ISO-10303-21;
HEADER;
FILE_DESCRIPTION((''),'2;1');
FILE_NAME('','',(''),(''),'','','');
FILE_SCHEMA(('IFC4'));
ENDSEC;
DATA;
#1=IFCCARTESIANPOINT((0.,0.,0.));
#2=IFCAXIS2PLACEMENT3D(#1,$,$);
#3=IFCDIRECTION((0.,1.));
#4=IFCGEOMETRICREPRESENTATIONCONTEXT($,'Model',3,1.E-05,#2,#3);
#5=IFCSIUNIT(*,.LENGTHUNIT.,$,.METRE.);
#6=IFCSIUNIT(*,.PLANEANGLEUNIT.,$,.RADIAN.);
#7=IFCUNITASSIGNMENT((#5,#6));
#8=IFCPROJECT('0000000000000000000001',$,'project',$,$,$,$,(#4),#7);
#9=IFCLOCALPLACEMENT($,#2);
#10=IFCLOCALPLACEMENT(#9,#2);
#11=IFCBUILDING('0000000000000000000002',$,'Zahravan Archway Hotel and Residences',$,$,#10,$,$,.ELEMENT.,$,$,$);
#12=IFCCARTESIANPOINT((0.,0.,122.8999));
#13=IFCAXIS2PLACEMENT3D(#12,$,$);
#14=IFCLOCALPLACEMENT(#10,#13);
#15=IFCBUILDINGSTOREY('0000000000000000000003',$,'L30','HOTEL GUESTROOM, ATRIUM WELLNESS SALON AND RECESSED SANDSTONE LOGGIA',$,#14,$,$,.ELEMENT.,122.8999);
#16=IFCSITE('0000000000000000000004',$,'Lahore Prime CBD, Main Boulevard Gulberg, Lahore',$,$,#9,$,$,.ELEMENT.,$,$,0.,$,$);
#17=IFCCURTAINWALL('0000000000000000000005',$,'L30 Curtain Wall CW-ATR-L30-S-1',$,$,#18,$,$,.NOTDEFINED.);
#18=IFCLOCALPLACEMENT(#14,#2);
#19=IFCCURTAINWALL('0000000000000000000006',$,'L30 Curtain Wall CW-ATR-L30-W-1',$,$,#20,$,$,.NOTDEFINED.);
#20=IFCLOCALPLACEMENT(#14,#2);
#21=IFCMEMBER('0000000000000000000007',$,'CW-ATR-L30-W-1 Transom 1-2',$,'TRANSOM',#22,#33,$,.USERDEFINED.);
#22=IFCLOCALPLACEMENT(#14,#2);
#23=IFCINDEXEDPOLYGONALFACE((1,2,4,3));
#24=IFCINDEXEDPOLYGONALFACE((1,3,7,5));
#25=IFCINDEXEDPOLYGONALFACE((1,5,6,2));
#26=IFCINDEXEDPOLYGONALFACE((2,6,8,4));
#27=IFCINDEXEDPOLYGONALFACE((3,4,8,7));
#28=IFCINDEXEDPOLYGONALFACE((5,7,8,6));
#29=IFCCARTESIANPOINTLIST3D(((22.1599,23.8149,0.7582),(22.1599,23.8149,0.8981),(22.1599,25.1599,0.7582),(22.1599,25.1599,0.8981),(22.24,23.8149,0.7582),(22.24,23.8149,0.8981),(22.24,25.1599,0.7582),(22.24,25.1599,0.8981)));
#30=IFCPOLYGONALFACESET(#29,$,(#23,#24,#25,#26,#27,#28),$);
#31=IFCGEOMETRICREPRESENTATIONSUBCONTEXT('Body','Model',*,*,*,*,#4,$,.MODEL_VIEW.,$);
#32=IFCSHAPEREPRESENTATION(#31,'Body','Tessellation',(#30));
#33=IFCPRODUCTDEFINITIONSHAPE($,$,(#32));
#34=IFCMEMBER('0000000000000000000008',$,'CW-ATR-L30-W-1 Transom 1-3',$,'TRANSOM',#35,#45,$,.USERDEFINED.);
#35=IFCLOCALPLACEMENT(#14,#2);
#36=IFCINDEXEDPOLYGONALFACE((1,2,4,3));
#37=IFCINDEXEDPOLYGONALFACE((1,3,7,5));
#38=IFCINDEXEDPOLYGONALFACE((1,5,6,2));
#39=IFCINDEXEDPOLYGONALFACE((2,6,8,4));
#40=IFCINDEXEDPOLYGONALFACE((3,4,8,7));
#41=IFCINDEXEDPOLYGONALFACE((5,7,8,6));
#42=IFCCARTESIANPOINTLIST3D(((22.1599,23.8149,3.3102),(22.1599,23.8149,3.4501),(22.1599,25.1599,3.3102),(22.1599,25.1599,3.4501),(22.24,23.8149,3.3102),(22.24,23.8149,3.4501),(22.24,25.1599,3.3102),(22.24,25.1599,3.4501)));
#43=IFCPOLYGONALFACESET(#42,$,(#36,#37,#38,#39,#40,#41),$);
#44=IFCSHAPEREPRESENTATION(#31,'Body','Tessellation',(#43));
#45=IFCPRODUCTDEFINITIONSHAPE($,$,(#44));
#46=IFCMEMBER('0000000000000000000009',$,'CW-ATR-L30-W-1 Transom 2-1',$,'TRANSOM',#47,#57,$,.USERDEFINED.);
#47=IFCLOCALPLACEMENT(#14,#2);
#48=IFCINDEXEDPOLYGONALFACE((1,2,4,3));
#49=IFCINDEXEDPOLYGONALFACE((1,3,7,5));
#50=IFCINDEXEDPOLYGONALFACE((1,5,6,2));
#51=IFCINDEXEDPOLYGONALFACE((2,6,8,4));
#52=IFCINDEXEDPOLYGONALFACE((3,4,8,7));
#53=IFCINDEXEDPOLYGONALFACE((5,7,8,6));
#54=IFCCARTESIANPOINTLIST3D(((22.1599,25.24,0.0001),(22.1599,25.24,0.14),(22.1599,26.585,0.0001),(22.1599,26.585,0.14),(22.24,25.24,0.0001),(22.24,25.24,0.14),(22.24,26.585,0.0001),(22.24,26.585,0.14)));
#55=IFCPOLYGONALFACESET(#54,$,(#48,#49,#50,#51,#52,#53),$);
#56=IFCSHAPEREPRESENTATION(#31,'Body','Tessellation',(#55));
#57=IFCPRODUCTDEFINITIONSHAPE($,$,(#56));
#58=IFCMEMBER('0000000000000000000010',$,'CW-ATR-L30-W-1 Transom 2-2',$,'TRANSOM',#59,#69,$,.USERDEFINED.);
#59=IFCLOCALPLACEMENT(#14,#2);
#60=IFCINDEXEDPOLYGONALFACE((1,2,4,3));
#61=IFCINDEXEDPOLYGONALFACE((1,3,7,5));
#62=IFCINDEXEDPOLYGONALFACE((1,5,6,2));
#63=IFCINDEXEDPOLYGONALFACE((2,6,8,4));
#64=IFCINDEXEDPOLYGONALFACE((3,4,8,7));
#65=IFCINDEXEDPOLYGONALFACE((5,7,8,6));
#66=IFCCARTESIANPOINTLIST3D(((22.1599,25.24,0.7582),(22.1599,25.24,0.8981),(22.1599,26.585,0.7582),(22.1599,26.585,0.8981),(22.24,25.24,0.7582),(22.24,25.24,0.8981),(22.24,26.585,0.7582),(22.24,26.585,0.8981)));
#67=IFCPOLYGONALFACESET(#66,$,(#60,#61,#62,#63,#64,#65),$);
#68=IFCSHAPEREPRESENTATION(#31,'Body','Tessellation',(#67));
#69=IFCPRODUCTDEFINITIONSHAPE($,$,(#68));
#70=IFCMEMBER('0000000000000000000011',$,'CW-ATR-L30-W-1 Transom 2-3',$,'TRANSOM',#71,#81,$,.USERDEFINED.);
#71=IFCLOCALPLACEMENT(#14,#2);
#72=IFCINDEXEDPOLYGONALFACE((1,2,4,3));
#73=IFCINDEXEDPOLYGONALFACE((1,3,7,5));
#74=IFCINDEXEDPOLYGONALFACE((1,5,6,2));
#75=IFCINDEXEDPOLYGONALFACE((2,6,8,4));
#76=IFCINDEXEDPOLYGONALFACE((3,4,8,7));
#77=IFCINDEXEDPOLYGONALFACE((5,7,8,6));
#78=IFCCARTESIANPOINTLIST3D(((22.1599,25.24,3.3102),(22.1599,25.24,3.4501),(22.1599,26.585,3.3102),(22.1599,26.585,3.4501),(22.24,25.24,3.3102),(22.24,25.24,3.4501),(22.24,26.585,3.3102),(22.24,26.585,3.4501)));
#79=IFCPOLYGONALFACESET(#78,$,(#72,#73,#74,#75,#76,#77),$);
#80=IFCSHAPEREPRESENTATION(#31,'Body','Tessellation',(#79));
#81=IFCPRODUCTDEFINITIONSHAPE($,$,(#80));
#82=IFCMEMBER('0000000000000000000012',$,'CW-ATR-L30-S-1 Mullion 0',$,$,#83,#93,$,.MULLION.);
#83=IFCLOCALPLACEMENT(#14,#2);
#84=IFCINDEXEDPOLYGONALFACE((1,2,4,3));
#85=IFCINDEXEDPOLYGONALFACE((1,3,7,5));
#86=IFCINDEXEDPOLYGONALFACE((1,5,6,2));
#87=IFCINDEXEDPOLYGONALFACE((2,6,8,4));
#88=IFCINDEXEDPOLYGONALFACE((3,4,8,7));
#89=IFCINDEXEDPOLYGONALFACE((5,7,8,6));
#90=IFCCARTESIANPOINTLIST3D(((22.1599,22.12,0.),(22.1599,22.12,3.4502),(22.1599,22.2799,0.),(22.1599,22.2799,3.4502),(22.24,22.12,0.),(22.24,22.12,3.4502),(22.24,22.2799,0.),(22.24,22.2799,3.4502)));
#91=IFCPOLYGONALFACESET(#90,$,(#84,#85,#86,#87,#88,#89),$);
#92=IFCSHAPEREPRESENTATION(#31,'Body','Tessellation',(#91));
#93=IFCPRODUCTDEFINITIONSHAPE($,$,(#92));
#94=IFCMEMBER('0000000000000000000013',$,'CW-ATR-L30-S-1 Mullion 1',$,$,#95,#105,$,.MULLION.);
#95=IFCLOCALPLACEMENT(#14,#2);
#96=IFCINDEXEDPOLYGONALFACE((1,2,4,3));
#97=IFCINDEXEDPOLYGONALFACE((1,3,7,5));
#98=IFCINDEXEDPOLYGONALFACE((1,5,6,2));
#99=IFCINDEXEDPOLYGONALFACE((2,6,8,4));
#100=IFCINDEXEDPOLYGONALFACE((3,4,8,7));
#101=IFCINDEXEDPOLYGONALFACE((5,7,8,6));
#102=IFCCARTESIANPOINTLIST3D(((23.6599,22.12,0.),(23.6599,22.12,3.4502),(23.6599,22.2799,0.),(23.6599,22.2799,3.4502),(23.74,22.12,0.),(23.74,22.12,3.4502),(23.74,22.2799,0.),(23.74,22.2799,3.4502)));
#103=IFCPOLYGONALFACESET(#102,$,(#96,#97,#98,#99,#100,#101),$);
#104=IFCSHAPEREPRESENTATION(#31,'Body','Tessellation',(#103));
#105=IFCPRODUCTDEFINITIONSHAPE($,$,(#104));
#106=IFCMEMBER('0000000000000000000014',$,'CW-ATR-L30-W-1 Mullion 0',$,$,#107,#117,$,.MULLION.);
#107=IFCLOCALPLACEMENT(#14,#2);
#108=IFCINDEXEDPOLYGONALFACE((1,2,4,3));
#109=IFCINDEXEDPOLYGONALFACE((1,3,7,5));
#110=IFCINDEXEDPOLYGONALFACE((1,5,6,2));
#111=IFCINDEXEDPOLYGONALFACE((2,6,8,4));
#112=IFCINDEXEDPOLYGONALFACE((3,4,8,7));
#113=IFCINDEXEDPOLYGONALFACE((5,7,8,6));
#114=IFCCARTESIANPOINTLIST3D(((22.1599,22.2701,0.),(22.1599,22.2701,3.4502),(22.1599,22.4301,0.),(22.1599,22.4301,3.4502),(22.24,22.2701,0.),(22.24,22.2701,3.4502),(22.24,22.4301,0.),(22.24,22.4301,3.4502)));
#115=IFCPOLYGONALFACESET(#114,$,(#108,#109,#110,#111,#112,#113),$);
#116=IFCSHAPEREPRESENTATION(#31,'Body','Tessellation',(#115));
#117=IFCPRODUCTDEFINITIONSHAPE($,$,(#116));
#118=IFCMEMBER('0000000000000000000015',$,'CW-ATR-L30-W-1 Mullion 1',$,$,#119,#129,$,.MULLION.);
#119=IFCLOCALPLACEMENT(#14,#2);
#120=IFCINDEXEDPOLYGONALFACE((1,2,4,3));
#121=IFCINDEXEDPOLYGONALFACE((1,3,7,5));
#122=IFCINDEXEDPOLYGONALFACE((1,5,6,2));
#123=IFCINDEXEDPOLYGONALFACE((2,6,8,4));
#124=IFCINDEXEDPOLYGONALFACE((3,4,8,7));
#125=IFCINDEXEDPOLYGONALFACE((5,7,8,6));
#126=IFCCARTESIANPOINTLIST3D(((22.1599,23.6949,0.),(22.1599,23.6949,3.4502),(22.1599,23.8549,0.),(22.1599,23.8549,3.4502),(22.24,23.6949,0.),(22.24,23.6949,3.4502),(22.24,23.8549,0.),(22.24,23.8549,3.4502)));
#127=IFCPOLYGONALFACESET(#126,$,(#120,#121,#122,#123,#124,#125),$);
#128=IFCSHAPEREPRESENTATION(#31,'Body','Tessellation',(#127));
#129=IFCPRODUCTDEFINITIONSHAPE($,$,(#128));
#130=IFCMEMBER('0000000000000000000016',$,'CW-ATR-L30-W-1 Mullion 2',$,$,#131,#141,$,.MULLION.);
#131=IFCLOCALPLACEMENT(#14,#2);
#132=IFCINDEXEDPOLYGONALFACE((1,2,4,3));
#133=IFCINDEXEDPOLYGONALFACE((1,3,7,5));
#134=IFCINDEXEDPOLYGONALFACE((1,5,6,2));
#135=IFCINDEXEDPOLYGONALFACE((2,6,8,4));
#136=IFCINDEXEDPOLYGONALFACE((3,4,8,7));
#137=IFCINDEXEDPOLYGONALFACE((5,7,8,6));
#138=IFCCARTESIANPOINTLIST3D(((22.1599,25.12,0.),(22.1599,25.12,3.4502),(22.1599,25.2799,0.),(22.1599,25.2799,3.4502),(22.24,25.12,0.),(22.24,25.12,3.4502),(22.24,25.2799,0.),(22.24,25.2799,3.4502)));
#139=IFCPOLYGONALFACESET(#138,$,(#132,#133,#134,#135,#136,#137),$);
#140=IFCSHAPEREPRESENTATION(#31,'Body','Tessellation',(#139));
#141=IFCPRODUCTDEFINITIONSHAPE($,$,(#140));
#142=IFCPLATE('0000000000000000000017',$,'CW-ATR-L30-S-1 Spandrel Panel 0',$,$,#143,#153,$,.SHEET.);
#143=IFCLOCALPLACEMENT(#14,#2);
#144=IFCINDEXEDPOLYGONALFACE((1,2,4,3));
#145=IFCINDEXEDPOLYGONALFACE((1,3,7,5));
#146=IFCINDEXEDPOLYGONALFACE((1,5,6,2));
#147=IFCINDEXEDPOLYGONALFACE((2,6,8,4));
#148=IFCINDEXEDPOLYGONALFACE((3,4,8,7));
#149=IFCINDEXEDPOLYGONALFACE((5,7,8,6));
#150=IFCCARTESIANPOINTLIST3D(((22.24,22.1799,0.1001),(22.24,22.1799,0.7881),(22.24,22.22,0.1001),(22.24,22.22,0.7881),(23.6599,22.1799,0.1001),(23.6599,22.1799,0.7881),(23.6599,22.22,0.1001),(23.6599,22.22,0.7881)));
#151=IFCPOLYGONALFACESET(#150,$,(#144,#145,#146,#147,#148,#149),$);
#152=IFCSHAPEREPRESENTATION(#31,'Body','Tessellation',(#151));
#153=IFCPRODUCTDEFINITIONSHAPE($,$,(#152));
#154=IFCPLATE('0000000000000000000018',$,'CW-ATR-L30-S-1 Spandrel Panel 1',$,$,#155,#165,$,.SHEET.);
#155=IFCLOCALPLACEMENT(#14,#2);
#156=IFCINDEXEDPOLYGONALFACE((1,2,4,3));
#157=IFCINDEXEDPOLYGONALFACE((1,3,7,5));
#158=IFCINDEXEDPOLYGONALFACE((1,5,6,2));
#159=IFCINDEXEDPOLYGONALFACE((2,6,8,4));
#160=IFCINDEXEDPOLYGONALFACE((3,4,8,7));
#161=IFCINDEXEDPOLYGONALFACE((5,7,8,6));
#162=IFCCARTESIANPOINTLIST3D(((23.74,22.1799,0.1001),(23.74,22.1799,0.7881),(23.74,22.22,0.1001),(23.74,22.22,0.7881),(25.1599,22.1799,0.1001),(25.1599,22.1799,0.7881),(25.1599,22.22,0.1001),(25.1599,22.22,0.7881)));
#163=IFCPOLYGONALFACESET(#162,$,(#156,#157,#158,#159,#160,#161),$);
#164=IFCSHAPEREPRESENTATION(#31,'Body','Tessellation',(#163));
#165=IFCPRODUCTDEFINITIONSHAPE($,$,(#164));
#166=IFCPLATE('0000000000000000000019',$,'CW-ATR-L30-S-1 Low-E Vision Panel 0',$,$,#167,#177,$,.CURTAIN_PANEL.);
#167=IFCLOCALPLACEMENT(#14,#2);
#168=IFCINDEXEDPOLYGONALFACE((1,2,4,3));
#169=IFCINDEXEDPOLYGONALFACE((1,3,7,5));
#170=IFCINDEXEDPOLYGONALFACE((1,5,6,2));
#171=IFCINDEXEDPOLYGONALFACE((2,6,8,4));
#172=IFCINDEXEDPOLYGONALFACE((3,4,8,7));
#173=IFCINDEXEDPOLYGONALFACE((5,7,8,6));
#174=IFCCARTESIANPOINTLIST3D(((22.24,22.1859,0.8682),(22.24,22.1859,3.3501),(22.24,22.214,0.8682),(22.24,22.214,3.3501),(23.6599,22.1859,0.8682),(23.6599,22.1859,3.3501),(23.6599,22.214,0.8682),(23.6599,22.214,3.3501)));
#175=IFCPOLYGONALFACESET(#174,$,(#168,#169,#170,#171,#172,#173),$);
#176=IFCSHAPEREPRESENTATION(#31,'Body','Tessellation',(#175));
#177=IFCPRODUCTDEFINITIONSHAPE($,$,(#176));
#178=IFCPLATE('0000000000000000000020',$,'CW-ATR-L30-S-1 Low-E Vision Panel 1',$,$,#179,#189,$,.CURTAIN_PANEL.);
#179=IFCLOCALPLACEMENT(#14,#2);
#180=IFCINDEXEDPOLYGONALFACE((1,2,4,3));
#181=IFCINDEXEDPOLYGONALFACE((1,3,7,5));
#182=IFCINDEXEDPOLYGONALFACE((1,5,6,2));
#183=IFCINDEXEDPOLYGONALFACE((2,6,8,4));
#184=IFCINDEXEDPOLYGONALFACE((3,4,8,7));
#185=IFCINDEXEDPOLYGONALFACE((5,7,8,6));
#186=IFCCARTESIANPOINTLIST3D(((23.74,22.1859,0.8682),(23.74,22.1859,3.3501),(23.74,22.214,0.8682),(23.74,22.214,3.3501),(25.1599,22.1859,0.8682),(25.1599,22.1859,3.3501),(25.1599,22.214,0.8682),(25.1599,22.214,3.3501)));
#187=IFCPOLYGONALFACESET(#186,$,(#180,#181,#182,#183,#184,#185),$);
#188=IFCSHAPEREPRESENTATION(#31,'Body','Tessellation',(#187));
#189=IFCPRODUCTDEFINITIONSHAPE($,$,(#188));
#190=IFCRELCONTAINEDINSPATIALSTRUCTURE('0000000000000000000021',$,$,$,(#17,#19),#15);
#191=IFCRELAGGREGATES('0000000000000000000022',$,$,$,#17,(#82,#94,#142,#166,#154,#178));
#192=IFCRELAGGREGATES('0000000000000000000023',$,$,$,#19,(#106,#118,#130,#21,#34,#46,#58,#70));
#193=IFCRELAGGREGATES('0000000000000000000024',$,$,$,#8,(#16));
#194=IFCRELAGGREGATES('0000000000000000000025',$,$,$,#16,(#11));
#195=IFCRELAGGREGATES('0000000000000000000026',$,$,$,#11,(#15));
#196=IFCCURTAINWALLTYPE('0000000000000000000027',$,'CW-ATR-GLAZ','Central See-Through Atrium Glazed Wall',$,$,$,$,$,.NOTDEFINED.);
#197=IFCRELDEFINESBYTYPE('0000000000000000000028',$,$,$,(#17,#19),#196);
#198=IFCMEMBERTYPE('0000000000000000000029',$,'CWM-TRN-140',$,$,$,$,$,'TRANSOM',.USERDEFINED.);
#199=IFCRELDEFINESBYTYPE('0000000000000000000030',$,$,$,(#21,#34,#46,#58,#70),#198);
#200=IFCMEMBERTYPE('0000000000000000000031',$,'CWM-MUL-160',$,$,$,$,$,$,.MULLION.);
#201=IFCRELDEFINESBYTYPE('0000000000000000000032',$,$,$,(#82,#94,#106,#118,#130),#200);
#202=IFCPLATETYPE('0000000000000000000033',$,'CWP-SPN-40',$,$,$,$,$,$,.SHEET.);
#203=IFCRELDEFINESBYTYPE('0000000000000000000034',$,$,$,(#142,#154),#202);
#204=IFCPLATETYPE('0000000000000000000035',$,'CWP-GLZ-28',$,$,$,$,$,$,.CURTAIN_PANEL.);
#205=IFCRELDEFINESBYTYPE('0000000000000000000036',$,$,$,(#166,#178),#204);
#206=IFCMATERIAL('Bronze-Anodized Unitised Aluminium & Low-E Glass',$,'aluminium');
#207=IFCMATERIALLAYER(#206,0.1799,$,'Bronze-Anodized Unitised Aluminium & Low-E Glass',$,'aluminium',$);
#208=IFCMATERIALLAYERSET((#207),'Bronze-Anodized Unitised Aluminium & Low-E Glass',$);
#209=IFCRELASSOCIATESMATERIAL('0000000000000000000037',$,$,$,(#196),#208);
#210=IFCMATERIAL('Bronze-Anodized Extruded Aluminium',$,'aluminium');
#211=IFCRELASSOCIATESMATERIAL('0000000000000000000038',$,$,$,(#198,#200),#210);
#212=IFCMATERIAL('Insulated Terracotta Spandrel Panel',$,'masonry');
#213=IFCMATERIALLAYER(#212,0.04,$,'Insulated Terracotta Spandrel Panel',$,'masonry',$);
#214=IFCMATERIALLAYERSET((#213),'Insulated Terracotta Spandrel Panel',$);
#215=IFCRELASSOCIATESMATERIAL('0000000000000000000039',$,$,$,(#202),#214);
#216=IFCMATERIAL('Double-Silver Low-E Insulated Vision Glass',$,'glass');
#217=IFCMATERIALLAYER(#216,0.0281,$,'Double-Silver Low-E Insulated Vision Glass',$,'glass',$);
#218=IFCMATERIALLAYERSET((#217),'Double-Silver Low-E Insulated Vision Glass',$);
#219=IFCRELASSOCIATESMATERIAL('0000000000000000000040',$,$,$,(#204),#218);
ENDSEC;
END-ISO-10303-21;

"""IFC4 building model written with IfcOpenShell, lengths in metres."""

from ifc_helpers import new_model, si_unit, direction, frame, origin, origin_2d, place, context, subcontext, project, spatial, rectangle, extrude, source, transform, mapped, material, layer, layer_set, material_profile, profile_set, type_object, element, aggregate, save


model = new_model("IFC4")

# Units and contexts
model_context = context("Model", 3, precision=1e-05, world=origin(), true_north=direction((0.0, 1.0)))
body_context = subcontext(model_context, "Body", "Model", "MODEL_VIEW")
ifc_project = project(units=[si_unit("LENGTHUNIT", "METRE"), si_unit("PLANEANGLEUNIT", "RADIAN")], contexts=[model_context])

# Site, building, storey
site_placement = place(None, origin())
site = spatial("IfcSite", under=ifc_project, at=site_placement, Name="Lahore Prime CBD, Main Boulevard Gulberg, Lahore", CompositionType="ELEMENT", RefElevation=0.0)
building_placement = place(site_placement, origin())
building = spatial("IfcBuilding", under=site, at=building_placement, Name="Zahravan Archway Hotel and Residences", CompositionType="ELEMENT")
storey_placement = place(building_placement, frame((0.0, 0.0, 122.8999)))
storey = spatial("IfcBuildingStorey", under=building, at=storey_placement, Name="L30", Description="HOTEL GUESTROOM, ATRIUM WELLNESS SALON AND RECESSED SANDSTONE LOGGIA", CompositionType="ELEMENT", Elevation=122.8999)

# Curtain walls, members
ifc_material_1 = material(Name="Bronze-Anodized Unitised Aluminium & Low-E Glass", Category="aluminium")
ifc_layer_1 = layer(ifc_material_1, 0.1799, Name="Bronze-Anodized Unitised Aluminium & Low-E Glass", Category="aluminium")
ifc_layer_set_1 = layer_set([ifc_layer_1], Name="Bronze-Anodized Unitised Aluminium & Low-E Glass")
curtain_wall_type = type_object("IfcCurtainWallType", Name="CW-ATR-GLAZ", Description="Central See-Through Atrium Glazed Wall", PredefinedType="NOTDEFINED", material=ifc_layer_set_1)
curtain_wall_1_placement = place(storey_placement, origin())
curtain_wall_1 = element("IfcCurtainWall", 1, at=curtain_wall_1_placement, inside=storey, type_object=curtain_wall_type, Name="L30 Curtain Wall CW-ATR-L30-S-1", PredefinedType="NOTDEFINED")
ifc_material_2 = material(Name="Bronze-Anodized Extruded Aluminium", Category="aluminium")
ifc_material_profile_1 = material_profile(ifc_material_2, rectangle(XDim=0.0801, YDim=0.1399, at=origin_2d()), Name="TRN 80x140", Category="aluminium")
ifc_profile_set_1 = profile_set([ifc_material_profile_1], Name="Bronze-Anodized Extruded Aluminium")
member_type_1 = type_object("IfcMemberType", Name="CWM-TRN-140", ElementType="TRANSOM", PredefinedType="USERDEFINED", material=ifc_profile_set_1)
curtain_wall_2_placement = place(storey_placement, origin())
curtain_wall_2 = element("IfcCurtainWall", 2, at=curtain_wall_2_placement, inside=storey, type_object=curtain_wall_type, Name="L30 Curtain Wall CW-ATR-L30-W-1", PredefinedType="NOTDEFINED")
shared_shape_1 = source(origin(), body_context, "Body", "SweptSolid", [
    extrude(rectangle(XDim=0.0801, YDim=0.1399, at=origin_2d()), origin(), (0.0, 0.0, 1.0), 1.345),
])
member_1_placement = place(storey_placement, frame((22.2, 23.8149, 0.8281), z_axis=(0.0, 1.0, 0.0), x_axis=(-1.0, 0.0, 0.0)))
member_1 = element("IfcMember", 3, at=member_1_placement, type_object=member_type_1, Name="CW-ATR-L30-W-1 Transom 1-2", ObjectType="TRANSOM", PredefinedType="USERDEFINED", context=body_context, shape_type="MappedRepresentation", body=[
    mapped(shared_shape_1, transform((0.0, 0.0, 0.0), scale=1.0)),
])
member_2_placement = place(storey_placement, frame((22.2, 23.8149, 3.3801), z_axis=(0.0, 1.0, 0.0), x_axis=(-1.0, 0.0, 0.0)))
member_2 = element("IfcMember", 4, at=member_2_placement, type_object=member_type_1, Name="CW-ATR-L30-W-1 Transom 1-3", ObjectType="TRANSOM", PredefinedType="USERDEFINED", context=body_context, shape_type="MappedRepresentation", body=[
    mapped(shared_shape_1, transform((0.0, 0.0, 0.0), scale=1.0)),
])
member_3_placement = place(storey_placement, frame((22.2, 25.24, 0.0701), z_axis=(0.0, 1.0, 0.0), x_axis=(-1.0, 0.0, 0.0)))
member_3 = element("IfcMember", 5, at=member_3_placement, type_object=member_type_1, Name="CW-ATR-L30-W-1 Transom 2-1", ObjectType="TRANSOM", PredefinedType="USERDEFINED", context=body_context, shape_type="MappedRepresentation", body=[
    mapped(shared_shape_1, transform((0.0, 0.0, 0.0), scale=1.0)),
])
member_4_placement = place(storey_placement, frame((22.2, 25.24, 0.8281), z_axis=(0.0, 1.0, 0.0), x_axis=(-1.0, 0.0, 0.0)))
member_4 = element("IfcMember", 6, at=member_4_placement, type_object=member_type_1, Name="CW-ATR-L30-W-1 Transom 2-2", ObjectType="TRANSOM", PredefinedType="USERDEFINED", context=body_context, shape_type="MappedRepresentation", body=[
    mapped(shared_shape_1, transform((0.0, 0.0, 0.0), scale=1.0)),
])
member_5_placement = place(storey_placement, frame((22.2, 25.24, 3.3801), z_axis=(0.0, 1.0, 0.0), x_axis=(-1.0, 0.0, 0.0)))
member_5 = element("IfcMember", 7, at=member_5_placement, type_object=member_type_1, Name="CW-ATR-L30-W-1 Transom 2-3", ObjectType="TRANSOM", PredefinedType="USERDEFINED", context=body_context, shape_type="MappedRepresentation", body=[
    mapped(shared_shape_1, transform((0.0, 0.0, 0.0), scale=1.0)),
])

# Members
ifc_material_profile_2 = material_profile(ifc_material_2, rectangle(XDim=0.0801, YDim=0.1599, at=origin_2d()), Name="MUL 80x160", Category="aluminium")
ifc_profile_set_2 = profile_set([ifc_material_profile_2], Name="Bronze-Anodized Extruded Aluminium")
member_type_2 = type_object("IfcMemberType", Name="CWM-MUL-160", PredefinedType="MULLION", material=ifc_profile_set_2)
shared_shape_2 = source(origin(), body_context, "Body", "SweptSolid", [
    extrude(rectangle(XDim=0.0801, YDim=0.1599, at=origin_2d()), origin(), (0.0, 0.0, 1.0), 3.4502),
])
member_6_placement = place(storey_placement, frame((22.2, 22.2, 0.0), z_axis=(0.0, 0.0, 1.0), x_axis=(1.0, 0.0, 0.0)))
member_6 = element("IfcMember", 8, at=member_6_placement, type_object=member_type_2, Name="CW-ATR-L30-S-1 Mullion 0", PredefinedType="MULLION", context=body_context, shape_type="MappedRepresentation", body=[
    mapped(shared_shape_2, transform((0.0, 0.0, 0.0), scale=1.0)),
])
member_7_placement = place(storey_placement, frame((23.7, 22.2, 0.0), z_axis=(0.0, 0.0, 1.0), x_axis=(1.0, 0.0, 0.0)))
member_7 = element("IfcMember", 9, at=member_7_placement, type_object=member_type_2, Name="CW-ATR-L30-S-1 Mullion 1", PredefinedType="MULLION", context=body_context, shape_type="MappedRepresentation", body=[
    mapped(shared_shape_2, transform((0.0, 0.0, 0.0), scale=1.0)),
])
member_8_placement = place(storey_placement, frame((22.2, 22.3501, 0.0), z_axis=(0.0, 0.0, 1.0), x_axis=(1.0, 0.0, 0.0)))
member_8 = element("IfcMember", 10, at=member_8_placement, type_object=member_type_2, Name="CW-ATR-L30-W-1 Mullion 0", PredefinedType="MULLION", context=body_context, shape_type="MappedRepresentation", body=[
    mapped(shared_shape_2, transform((0.0, 0.0, 0.0), scale=1.0)),
])
member_9_placement = place(storey_placement, frame((22.2, 23.7749, 0.0), z_axis=(0.0, 0.0, 1.0), x_axis=(1.0, 0.0, 0.0)))
member_9 = element("IfcMember", 11, at=member_9_placement, type_object=member_type_2, Name="CW-ATR-L30-W-1 Mullion 1", PredefinedType="MULLION", context=body_context, shape_type="MappedRepresentation", body=[
    mapped(shared_shape_2, transform((0.0, 0.0, 0.0), scale=1.0)),
])
member_10_placement = place(storey_placement, frame((22.2, 25.2, 0.0), z_axis=(0.0, 0.0, 1.0), x_axis=(1.0, 0.0, 0.0)))
member_10 = element("IfcMember", 12, at=member_10_placement, type_object=member_type_2, Name="CW-ATR-L30-W-1 Mullion 2", PredefinedType="MULLION", context=body_context, shape_type="MappedRepresentation", body=[
    mapped(shared_shape_2, transform((0.0, 0.0, 0.0), scale=1.0)),
])

# Plates
ifc_material_3 = material(Name="Insulated Terracotta Spandrel Panel", Category="masonry")
ifc_layer_2 = layer(ifc_material_3, 0.04, Name="Insulated Terracotta Spandrel Panel", Category="masonry")
ifc_layer_set_2 = layer_set([ifc_layer_2], Name="Insulated Terracotta Spandrel Panel")
plate_type_1 = type_object("IfcPlateType", Name="CWP-SPN-40", PredefinedType="SHEET", material=ifc_layer_set_2)
shared_shape_3 = source(origin(), body_context, "Body", "SweptSolid", [
    extrude(rectangle(XDim=1.4199, YDim=0.04, at=origin_2d()), origin(), (0.0, 0.0, 1.0), 0.688),
])
plate_1_placement = place(storey_placement, frame((22.95, 22.2, 0.1001), z_axis=(0.0, 0.0, 1.0), x_axis=(1.0, 0.0, 0.0)))
plate_1 = element("IfcPlate", 13, at=plate_1_placement, type_object=plate_type_1, Name="CW-ATR-L30-S-1 Spandrel Panel 0", PredefinedType="SHEET", context=body_context, shape_type="MappedRepresentation", body=[
    mapped(shared_shape_3, transform((0.0, 0.0, 0.0), scale=1.0)),
])
plate_2_placement = place(storey_placement, frame((24.45, 22.2, 0.1001), z_axis=(0.0, 0.0, 1.0), x_axis=(1.0, 0.0, 0.0)))
plate_2 = element("IfcPlate", 14, at=plate_2_placement, type_object=plate_type_1, Name="CW-ATR-L30-S-1 Spandrel Panel 1", PredefinedType="SHEET", context=body_context, shape_type="MappedRepresentation", body=[
    mapped(shared_shape_3, transform((0.0, 0.0, 0.0), scale=1.0)),
])
ifc_material_4 = material(Name="Double-Silver Low-E Insulated Vision Glass", Category="glass")
ifc_layer_3 = layer(ifc_material_4, 0.0281, Name="Double-Silver Low-E Insulated Vision Glass", Category="glass")
ifc_layer_set_3 = layer_set([ifc_layer_3], Name="Double-Silver Low-E Insulated Vision Glass")
plate_type_2 = type_object("IfcPlateType", Name="CWP-GLZ-28", PredefinedType="CURTAIN_PANEL", material=ifc_layer_set_3)
shared_shape_4 = source(origin(), body_context, "Body", "SweptSolid", [
    extrude(rectangle(XDim=1.4199, YDim=0.0281, at=origin_2d()), origin(), (0.0, 0.0, 1.0), 2.4819),
])
plate_3_placement = place(storey_placement, frame((22.95, 22.2, 0.8682), z_axis=(0.0, 0.0, 1.0), x_axis=(1.0, 0.0, 0.0)))
plate_3 = element("IfcPlate", 15, at=plate_3_placement, type_object=plate_type_2, Name="CW-ATR-L30-S-1 Low-E Vision Panel 0", PredefinedType="CURTAIN_PANEL", context=body_context, shape_type="MappedRepresentation", body=[
    mapped(shared_shape_4, transform((0.0, 0.0, 0.0), scale=1.0)),
])
plate_4_placement = place(storey_placement, frame((24.45, 22.2, 0.8682), z_axis=(0.0, 0.0, 1.0), x_axis=(1.0, 0.0, 0.0)))
plate_4 = element("IfcPlate", 16, at=plate_4_placement, type_object=plate_type_2, Name="CW-ATR-L30-S-1 Low-E Vision Panel 1", PredefinedType="CURTAIN_PANEL", context=body_context, shape_type="MappedRepresentation", body=[
    mapped(shared_shape_4, transform((0.0, 0.0, 0.0), scale=1.0)),
])
aggregate(curtain_wall_1, [member_6, member_7, plate_1, plate_3, plate_2, plate_4])
aggregate(curtain_wall_2, [member_8, member_9, member_10, member_1, member_2, member_3, member_4, member_5])

save(model, "model.ifc")
